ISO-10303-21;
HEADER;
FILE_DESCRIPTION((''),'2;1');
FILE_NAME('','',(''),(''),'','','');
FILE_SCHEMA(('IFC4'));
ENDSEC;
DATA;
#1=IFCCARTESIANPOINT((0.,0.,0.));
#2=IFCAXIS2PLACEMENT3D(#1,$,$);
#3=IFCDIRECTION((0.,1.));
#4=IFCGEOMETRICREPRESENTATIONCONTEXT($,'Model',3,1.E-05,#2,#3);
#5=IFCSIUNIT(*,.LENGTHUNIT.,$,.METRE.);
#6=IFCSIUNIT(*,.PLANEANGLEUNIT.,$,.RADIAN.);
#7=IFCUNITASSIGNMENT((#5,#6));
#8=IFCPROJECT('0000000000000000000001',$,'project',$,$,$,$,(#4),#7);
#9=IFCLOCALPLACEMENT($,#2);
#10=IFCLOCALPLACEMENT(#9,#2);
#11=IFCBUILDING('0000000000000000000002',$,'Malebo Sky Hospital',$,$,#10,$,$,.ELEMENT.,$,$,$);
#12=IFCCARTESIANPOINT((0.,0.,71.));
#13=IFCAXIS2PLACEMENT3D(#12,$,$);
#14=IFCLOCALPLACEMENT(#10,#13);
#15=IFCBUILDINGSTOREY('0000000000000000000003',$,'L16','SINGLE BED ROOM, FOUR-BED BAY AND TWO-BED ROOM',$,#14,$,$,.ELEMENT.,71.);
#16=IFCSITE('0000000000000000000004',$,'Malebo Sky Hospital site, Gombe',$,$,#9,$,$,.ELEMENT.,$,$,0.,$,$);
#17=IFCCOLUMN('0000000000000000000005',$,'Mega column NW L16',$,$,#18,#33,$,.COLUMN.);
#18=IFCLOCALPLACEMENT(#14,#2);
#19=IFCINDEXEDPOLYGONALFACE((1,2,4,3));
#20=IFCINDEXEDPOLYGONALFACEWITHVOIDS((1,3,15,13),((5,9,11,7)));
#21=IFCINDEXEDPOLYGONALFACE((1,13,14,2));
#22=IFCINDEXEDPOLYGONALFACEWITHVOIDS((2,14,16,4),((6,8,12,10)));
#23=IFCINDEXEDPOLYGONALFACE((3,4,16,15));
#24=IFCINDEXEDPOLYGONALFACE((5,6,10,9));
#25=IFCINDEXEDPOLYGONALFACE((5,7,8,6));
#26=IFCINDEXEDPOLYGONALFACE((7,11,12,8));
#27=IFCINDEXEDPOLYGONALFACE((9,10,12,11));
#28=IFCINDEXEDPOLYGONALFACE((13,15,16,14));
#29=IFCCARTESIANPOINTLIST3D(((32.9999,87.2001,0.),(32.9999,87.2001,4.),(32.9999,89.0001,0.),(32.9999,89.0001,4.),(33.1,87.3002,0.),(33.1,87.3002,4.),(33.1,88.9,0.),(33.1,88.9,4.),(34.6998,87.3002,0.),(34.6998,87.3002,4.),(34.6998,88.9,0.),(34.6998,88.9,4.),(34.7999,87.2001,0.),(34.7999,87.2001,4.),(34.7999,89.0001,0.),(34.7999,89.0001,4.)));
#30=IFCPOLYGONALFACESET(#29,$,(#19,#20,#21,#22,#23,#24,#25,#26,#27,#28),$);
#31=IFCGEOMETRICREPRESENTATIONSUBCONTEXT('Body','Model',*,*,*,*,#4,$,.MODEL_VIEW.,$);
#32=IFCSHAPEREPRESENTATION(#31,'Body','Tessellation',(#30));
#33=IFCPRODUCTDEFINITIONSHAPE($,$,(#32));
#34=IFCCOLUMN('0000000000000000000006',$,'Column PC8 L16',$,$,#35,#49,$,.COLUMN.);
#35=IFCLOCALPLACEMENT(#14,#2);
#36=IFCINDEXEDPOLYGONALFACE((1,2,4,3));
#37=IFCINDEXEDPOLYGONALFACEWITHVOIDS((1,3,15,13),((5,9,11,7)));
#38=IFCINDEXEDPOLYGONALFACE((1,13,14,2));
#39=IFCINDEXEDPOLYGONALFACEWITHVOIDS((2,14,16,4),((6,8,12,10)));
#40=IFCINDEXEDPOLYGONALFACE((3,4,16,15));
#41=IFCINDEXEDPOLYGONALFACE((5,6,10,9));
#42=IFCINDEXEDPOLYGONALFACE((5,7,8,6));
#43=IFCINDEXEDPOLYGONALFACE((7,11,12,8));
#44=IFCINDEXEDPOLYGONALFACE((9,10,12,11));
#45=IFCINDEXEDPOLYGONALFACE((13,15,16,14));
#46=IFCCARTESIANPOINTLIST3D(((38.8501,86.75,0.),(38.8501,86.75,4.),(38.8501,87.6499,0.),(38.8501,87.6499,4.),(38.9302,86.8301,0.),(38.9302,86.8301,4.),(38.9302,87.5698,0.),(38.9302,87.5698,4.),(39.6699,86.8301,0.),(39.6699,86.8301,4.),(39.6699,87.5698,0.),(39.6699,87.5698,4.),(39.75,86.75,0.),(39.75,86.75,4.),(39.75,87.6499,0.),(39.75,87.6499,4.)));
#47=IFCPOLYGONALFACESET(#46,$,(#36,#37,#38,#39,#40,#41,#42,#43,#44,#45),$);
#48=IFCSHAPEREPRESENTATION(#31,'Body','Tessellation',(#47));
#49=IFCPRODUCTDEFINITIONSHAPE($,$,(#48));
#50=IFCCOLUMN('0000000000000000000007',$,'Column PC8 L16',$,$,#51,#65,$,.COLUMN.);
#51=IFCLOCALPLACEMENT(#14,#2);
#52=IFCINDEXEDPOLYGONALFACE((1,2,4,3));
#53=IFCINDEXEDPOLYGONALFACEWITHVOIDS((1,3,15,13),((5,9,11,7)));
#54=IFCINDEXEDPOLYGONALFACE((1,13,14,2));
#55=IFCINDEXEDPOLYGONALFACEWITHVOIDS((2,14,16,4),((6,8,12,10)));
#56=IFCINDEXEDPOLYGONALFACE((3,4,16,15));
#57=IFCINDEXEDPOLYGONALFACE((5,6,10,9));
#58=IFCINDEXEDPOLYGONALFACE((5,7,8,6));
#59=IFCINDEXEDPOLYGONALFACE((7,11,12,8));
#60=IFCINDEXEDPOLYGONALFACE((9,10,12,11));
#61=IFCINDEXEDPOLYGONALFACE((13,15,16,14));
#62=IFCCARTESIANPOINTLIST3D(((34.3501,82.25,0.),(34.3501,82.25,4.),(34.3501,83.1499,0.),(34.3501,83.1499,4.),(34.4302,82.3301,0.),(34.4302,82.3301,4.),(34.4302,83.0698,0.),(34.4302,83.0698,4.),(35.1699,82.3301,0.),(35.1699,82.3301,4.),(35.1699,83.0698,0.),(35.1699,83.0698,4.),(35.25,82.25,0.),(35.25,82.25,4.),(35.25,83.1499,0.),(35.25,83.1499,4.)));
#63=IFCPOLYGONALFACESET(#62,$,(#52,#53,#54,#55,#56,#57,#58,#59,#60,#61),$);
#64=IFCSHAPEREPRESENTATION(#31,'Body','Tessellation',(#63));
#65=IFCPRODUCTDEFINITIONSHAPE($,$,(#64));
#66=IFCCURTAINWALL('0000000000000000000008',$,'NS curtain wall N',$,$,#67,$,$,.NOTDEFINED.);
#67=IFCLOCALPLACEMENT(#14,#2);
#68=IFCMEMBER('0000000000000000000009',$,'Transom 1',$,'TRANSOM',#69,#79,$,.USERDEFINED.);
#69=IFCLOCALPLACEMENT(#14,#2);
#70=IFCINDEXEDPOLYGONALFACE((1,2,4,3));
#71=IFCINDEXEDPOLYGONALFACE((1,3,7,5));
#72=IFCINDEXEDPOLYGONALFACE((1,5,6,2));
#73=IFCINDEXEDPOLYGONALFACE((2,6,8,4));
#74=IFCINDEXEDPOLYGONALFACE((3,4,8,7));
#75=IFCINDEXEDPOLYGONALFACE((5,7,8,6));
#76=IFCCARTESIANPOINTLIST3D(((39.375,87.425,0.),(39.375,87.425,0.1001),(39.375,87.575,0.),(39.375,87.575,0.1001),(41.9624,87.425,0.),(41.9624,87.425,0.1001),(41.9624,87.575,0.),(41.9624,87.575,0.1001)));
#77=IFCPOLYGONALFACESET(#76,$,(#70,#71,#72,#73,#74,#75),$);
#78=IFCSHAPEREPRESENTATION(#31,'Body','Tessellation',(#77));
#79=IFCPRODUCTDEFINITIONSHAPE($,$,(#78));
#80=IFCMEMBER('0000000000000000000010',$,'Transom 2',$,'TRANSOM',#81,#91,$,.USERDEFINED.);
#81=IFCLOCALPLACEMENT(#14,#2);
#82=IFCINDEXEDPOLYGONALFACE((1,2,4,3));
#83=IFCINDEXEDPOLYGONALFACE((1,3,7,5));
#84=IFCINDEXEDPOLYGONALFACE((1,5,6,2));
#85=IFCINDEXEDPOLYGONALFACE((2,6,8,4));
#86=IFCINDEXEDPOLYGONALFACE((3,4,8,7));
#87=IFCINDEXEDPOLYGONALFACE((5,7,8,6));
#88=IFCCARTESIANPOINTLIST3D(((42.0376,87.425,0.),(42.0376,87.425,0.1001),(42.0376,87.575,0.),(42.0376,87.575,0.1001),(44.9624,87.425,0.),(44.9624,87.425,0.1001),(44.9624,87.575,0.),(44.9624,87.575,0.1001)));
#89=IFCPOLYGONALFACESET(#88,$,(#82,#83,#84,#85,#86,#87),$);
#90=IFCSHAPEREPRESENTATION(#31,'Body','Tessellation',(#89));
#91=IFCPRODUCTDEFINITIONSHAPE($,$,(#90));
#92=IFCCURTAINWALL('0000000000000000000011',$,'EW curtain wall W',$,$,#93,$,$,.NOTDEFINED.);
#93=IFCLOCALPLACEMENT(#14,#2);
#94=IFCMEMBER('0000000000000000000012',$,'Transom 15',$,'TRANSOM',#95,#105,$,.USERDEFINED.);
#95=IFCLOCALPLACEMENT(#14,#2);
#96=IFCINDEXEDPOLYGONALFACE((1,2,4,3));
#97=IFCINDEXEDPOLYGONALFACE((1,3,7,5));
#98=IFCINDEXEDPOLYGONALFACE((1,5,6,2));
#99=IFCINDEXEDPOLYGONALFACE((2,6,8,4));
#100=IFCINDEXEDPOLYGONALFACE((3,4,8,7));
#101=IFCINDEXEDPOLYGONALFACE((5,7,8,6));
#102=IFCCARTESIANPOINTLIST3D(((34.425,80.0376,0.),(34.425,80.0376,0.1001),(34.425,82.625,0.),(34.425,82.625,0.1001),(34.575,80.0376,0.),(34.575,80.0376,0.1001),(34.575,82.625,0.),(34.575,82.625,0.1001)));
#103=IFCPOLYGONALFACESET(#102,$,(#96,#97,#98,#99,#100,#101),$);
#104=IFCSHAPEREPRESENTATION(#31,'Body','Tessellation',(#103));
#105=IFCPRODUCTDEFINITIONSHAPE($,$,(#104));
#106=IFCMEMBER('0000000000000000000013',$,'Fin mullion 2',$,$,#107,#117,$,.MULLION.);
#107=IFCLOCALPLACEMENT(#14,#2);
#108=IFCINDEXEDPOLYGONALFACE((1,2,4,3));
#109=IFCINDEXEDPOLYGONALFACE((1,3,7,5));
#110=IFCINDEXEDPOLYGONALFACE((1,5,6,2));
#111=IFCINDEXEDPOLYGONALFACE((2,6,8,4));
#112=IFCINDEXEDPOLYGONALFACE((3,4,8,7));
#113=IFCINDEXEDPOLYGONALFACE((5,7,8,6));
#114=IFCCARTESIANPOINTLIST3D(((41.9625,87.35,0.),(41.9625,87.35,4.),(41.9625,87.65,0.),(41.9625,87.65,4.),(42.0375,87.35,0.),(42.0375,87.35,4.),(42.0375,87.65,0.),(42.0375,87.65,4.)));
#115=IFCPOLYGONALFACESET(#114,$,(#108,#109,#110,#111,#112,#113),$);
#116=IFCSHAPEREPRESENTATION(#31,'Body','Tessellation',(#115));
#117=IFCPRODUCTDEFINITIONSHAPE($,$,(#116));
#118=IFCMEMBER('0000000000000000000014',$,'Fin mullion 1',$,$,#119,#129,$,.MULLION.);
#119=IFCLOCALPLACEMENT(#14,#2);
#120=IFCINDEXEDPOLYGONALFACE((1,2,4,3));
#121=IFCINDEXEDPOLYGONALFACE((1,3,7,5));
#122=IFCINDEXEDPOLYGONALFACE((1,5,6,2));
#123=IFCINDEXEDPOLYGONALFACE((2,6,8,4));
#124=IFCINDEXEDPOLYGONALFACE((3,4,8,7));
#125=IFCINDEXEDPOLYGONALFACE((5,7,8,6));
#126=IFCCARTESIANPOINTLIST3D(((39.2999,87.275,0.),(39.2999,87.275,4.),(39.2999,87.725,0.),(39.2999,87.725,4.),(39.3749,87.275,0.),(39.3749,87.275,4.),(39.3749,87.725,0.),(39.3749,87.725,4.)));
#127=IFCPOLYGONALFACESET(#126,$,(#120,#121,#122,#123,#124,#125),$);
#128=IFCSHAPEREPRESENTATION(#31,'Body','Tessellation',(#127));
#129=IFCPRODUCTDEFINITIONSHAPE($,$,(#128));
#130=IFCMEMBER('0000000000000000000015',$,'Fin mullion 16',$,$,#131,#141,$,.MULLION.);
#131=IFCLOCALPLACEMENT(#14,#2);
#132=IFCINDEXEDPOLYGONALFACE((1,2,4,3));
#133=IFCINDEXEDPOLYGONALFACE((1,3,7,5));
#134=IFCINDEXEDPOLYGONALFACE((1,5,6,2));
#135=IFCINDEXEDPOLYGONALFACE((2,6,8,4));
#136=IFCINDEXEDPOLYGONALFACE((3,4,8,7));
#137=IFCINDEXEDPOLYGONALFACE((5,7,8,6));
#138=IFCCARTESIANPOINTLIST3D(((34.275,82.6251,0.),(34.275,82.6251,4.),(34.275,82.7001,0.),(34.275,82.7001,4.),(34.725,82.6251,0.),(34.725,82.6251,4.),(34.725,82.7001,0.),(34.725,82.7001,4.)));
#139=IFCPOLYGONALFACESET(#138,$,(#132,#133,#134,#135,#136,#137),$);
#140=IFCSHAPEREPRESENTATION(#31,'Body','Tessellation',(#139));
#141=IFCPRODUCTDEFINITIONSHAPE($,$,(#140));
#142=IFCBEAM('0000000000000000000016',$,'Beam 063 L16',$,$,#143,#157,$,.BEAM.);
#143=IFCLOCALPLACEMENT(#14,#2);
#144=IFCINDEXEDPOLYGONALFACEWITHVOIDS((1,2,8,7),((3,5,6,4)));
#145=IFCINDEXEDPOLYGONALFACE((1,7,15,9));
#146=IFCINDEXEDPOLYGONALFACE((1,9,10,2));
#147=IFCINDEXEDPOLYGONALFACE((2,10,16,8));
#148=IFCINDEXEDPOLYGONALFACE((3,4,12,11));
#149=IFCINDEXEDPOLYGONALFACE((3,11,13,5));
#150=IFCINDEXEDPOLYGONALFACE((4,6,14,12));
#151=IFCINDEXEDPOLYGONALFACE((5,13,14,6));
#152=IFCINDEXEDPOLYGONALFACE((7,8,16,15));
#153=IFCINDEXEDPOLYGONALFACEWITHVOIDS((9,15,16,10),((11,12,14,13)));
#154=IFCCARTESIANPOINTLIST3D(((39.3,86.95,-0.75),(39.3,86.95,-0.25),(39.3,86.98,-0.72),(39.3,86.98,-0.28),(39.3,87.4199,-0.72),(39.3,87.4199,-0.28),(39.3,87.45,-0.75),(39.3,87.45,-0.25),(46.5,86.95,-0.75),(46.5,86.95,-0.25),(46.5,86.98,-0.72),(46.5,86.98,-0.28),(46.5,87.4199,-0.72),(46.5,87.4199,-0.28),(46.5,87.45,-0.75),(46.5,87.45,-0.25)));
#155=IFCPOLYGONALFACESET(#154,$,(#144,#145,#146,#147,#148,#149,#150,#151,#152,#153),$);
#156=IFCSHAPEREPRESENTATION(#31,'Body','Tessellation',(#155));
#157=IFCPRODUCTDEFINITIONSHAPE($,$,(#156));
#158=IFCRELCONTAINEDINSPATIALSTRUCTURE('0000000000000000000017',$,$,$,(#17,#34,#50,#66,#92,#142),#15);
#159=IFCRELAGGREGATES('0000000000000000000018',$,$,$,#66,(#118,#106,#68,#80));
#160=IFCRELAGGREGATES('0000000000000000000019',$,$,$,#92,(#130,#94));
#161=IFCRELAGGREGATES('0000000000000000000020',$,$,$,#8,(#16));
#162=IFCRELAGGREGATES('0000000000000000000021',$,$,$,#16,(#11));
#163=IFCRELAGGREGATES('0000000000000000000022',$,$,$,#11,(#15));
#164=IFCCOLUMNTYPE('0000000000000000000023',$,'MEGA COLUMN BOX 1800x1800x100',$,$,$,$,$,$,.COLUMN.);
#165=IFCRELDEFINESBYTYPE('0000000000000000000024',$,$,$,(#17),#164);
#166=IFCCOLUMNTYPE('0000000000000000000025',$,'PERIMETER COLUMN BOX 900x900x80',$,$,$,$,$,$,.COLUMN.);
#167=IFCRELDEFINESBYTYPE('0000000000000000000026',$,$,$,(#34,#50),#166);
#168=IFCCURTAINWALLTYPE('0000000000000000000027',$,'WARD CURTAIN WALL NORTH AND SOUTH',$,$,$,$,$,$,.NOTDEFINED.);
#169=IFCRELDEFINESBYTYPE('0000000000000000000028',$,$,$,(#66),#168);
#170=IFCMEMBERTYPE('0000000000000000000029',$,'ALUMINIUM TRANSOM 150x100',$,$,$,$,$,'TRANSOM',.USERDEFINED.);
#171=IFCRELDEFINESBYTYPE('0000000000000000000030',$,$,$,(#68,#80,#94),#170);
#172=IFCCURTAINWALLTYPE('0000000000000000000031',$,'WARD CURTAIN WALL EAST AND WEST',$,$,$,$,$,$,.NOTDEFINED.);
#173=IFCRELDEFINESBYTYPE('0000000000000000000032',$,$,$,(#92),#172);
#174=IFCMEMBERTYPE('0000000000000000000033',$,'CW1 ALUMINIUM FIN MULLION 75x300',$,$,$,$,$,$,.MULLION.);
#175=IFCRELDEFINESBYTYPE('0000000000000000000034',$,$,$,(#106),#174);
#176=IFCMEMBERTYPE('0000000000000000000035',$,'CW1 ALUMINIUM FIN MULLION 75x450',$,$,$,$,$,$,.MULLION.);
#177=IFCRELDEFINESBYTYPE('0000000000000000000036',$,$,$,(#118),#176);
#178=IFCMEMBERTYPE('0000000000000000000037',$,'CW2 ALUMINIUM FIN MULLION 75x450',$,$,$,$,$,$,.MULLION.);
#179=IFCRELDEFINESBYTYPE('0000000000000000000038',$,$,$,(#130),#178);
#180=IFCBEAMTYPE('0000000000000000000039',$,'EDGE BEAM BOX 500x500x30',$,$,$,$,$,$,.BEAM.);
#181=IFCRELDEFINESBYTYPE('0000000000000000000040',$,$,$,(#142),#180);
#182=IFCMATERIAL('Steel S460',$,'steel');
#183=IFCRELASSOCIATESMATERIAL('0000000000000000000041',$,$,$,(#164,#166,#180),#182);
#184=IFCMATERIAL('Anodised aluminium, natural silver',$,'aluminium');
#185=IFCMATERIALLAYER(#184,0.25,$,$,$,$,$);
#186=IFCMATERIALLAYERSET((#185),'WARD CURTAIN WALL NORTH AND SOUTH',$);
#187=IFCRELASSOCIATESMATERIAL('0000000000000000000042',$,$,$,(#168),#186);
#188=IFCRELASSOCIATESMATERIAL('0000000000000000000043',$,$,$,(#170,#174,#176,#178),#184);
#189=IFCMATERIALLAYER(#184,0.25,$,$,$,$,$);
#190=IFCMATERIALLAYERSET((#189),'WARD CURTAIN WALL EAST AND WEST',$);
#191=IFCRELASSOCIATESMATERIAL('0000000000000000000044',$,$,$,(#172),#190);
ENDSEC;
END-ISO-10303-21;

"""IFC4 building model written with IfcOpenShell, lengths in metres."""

from ifc_helpers import new_model, si_unit, direction, frame, origin, origin_2d, place, context, subcontext, project, spatial, rectangle, hollow_rectangle, extrude, material, layer, layer_set, material_profile, profile_set, type_object, element, aggregate, save


model = new_model("IFC4")

# Units and contexts
model_context = context("Model", 3, precision=1e-05, world=origin(), true_north=direction((0.0, 1.0)))
body_context = subcontext(model_context, "Body", "Model", "MODEL_VIEW")
ifc_project = project(units=[si_unit("LENGTHUNIT", "METRE"), si_unit("PLANEANGLEUNIT", "RADIAN")], contexts=[model_context])

# Site, building, storey
site_placement = place(None, origin())
site = spatial("IfcSite", under=ifc_project, at=site_placement, Name="Malebo Sky Hospital site, Gombe", CompositionType="ELEMENT", RefElevation=0.0)
building_placement = place(site_placement, origin())
building = spatial("IfcBuilding", under=site, at=building_placement, Name="Malebo Sky Hospital", CompositionType="ELEMENT")
storey_placement = place(building_placement, frame((0.0, 0.0, 71.0)))
storey = spatial("IfcBuildingStorey", under=building, at=storey_placement, Name="L16", Description="SINGLE BED ROOM, FOUR-BED BAY AND TWO-BED ROOM", CompositionType="ELEMENT", Elevation=71.0)

# Columns
ifc_material_1 = material(Name="Steel S460", Category="steel")
ifc_material_profile_1 = material_profile(ifc_material_1, hollow_rectangle(XDim=1.8, YDim=1.8, WallThickness=0.1001, at=origin_2d()), Name="BOX 1800x1800x100")
ifc_profile_set_1 = profile_set([ifc_material_profile_1], Name="Steel S460")
column_type_1 = type_object("IfcColumnType", Name="MEGA COLUMN BOX 1800x1800x100", PredefinedType="COLUMN", material=ifc_profile_set_1)
column_placement = place(storey_placement, frame((33.8999, 88.1001, 0.0), z_axis=(0.0, 0.0, 1.0), x_axis=(1.0, 0.0, 0.0)))
element("IfcColumn", 1, at=column_placement, inside=storey, type_object=column_type_1, Name="Mega column NW L16", PredefinedType="COLUMN", context=body_context, shape_type="SweptSolid", body=[
    extrude(hollow_rectangle(XDim=1.8, YDim=1.8, WallThickness=0.1001, at=origin_2d()), origin(), (0.0, 0.0, 1.0), 4.0),
])
ifc_material_profile_2 = material_profile(ifc_material_1, hollow_rectangle(XDim=0.8999, YDim=0.8999, WallThickness=0.0801, at=origin_2d()), Name="BOX 900x900x80")
ifc_profile_set_2 = profile_set([ifc_material_profile_2], Name="Steel S460")
column_type_2 = type_object("IfcColumnType", Name="PERIMETER COLUMN BOX 900x900x80", PredefinedType="COLUMN", material=ifc_profile_set_2)
for number, where, z_axis, x_axis, name in (
    (2, (39.3, 87.2, 0.0), (0.0, 0.0, 1.0), (1.0, 0.0, 0.0), "Column PC8 L16"),
    (3, (34.8, 82.7, 0.0), (0.0, 0.0, 1.0), (1.0, 0.0, 0.0), "Column PC8 L16"),
):
    element("IfcColumn", number, at=place(storey_placement, frame(where, z_axis=z_axis, x_axis=x_axis)), inside=storey, type_object=column_type_2, Name=name, PredefinedType="COLUMN", context=body_context, shape_type="SweptSolid", body=[
        extrude(hollow_rectangle(XDim=0.8999, YDim=0.8999, WallThickness=0.0801, at=origin_2d()), origin(), (0.0, 0.0, 1.0), 4.0),
    ])

# Curtain wall, members
ifc_material_2 = material(Name="Anodised aluminium, natural silver", Category="aluminium")
ifc_layer_1 = layer(ifc_material_2, 0.25)
ifc_layer_set_1 = layer_set([ifc_layer_1], Name="WARD CURTAIN WALL NORTH AND SOUTH")
curtain_wall_type_1 = type_object("IfcCurtainWallType", Name="WARD CURTAIN WALL NORTH AND SOUTH", PredefinedType="NOTDEFINED", material=ifc_layer_set_1)
curtain_wall_1_placement = place(storey_placement, origin())
curtain_wall_1 = element("IfcCurtainWall", 4, at=curtain_wall_1_placement, inside=storey, type_object=curtain_wall_type_1, Name="NS curtain wall N", PredefinedType="NOTDEFINED")
ifc_material_profile_3 = material_profile(ifc_material_2, rectangle(XDim=0.1499, YDim=0.1001, at=origin_2d()), Name="ALUMINIUM TRANSOM 150x100")
ifc_profile_set_3 = profile_set([ifc_material_profile_3], Name="Anodised aluminium, natural silver")
member_type_1 = type_object("IfcMemberType", Name="ALUMINIUM TRANSOM 150x100", ElementType="TRANSOM", PredefinedType="USERDEFINED", material=ifc_profile_set_3)
member_1_placement = place(storey_placement, frame((39.375, 87.5, 0.05), z_axis=(1.0, 0.0, 0.0), x_axis=(0.0, 1.0, 0.0)))
member_1 = element("IfcMember", 5, at=member_1_placement, type_object=member_type_1, Name="Transom 1", ObjectType="TRANSOM", PredefinedType="USERDEFINED", context=body_context, shape_type="SweptSolid", body=[
    extrude(rectangle(XDim=0.1499, YDim=0.1001, at=origin_2d()), origin(), (0.0, 0.0, 1.0), 2.5874),
])
member_2_placement = place(storey_placement, frame((42.0376, 87.5, 0.05), z_axis=(1.0, 0.0, 0.0), x_axis=(0.0, 1.0, 0.0)))
member_2 = element("IfcMember", 6, at=member_2_placement, type_object=member_type_1, Name="Transom 2", ObjectType="TRANSOM", PredefinedType="USERDEFINED", context=body_context, shape_type="SweptSolid", body=[
    extrude(rectangle(XDim=0.1499, YDim=0.1001, at=origin_2d()), origin(), (0.0, 0.0, 1.0), 2.9248),
])

# Curtain wall, member
ifc_layer_2 = layer(ifc_material_2, 0.25)
ifc_layer_set_2 = layer_set([ifc_layer_2], Name="WARD CURTAIN WALL EAST AND WEST")
curtain_wall_type_2 = type_object("IfcCurtainWallType", Name="WARD CURTAIN WALL EAST AND WEST", PredefinedType="NOTDEFINED", material=ifc_layer_set_2)
curtain_wall_2_placement = place(storey_placement, origin())
curtain_wall_2 = element("IfcCurtainWall", 7, at=curtain_wall_2_placement, inside=storey, type_object=curtain_wall_type_2, Name="EW curtain wall W", PredefinedType="NOTDEFINED")
member_3_placement = place(storey_placement, frame((34.5, 80.0376, 0.05), z_axis=(0.0, 1.0, 0.0), x_axis=(-1.0, 0.0, 0.0)))
member_3 = element("IfcMember", 8, at=member_3_placement, type_object=member_type_1, Name="Transom 15", ObjectType="TRANSOM", PredefinedType="USERDEFINED", context=body_context, shape_type="SweptSolid", body=[
    extrude(rectangle(XDim=0.1499, YDim=0.1001, at=origin_2d()), origin(), (0.0, 0.0, 1.0), 2.5874),
])

# Members
ifc_material_profile_4 = material_profile(ifc_material_2, rectangle(XDim=0.075, YDim=0.3, at=origin_2d()), Name="CW1 ALUMINIUM FIN MULLION 75x300")
ifc_profile_set_4 = profile_set([ifc_material_profile_4], Name="Anodised aluminium, natural silver")
member_type_2 = type_object("IfcMemberType", Name="CW1 ALUMINIUM FIN MULLION 75x300", PredefinedType="MULLION", material=ifc_profile_set_4)
member_4_placement = place(storey_placement, frame((42.0, 87.5, 0.0), z_axis=(0.0, 0.0, 1.0), x_axis=(1.0, 0.0, 0.0)))
member_4 = element("IfcMember", 9, at=member_4_placement, type_object=member_type_2, Name="Fin mullion 2", PredefinedType="MULLION", context=body_context, shape_type="SweptSolid", body=[
    extrude(rectangle(XDim=0.075, YDim=0.3, at=origin_2d()), origin(), (0.0, 0.0, 1.0), 4.0),
])
ifc_material_profile_5 = material_profile(ifc_material_2, rectangle(XDim=0.075, YDim=0.45, at=origin_2d()), Name="CW1 ALUMINIUM FIN MULLION 75x450")
ifc_profile_set_5 = profile_set([ifc_material_profile_5], Name="Anodised aluminium, natural silver")
member_type_3 = type_object("IfcMemberType", Name="CW1 ALUMINIUM FIN MULLION 75x450", PredefinedType="MULLION", material=ifc_profile_set_5)
member_5_placement = place(storey_placement, frame((39.3374, 87.5, 0.0), z_axis=(0.0, 0.0, 1.0), x_axis=(1.0, 0.0, 0.0)))
member_5 = element("IfcMember", 10, at=member_5_placement, type_object=member_type_3, Name="Fin mullion 1", PredefinedType="MULLION", context=body_context, shape_type="SweptSolid", body=[
    extrude(rectangle(XDim=0.075, YDim=0.45, at=origin_2d()), origin(), (0.0, 0.0, 1.0), 4.0),
])
ifc_material_profile_6 = material_profile(ifc_material_2, rectangle(XDim=0.075, YDim=0.45, at=origin_2d()), Name="CW2 ALUMINIUM FIN MULLION 75x450")
ifc_profile_set_6 = profile_set([ifc_material_profile_6], Name="Anodised aluminium, natural silver")
member_type_4 = type_object("IfcMemberType", Name="CW2 ALUMINIUM FIN MULLION 75x450", PredefinedType="MULLION", material=ifc_profile_set_6)
member_6_placement = place(storey_placement, frame((34.5, 82.6626, 0.0), z_axis=(0.0, 0.0, 1.0), x_axis=(0.0, 1.0, 0.0)))
member_6 = element("IfcMember", 11, at=member_6_placement, type_object=member_type_4, Name="Fin mullion 16", PredefinedType="MULLION", context=body_context, shape_type="SweptSolid", body=[
    extrude(rectangle(XDim=0.075, YDim=0.45, at=origin_2d()), origin(), (0.0, 0.0, 1.0), 4.0),
])

# Beam
ifc_material_profile_7 = material_profile(ifc_material_1, hollow_rectangle(XDim=0.5, YDim=0.5, WallThickness=0.03, at=origin_2d()), Name="BOX 500x500x30")
ifc_profile_set_7 = profile_set([ifc_material_profile_7], Name="Steel S460")
beam_type_1 = type_object("IfcBeamType", Name="EDGE BEAM BOX 500x500x30", PredefinedType="BEAM", material=ifc_profile_set_7)
beam_1_placement = place(storey_placement, frame((39.3, 87.2, -0.5), z_axis=(1.0, 0.0, 0.0), x_axis=(0.0, 1.0, 0.0)))
element("IfcBeam", 12, at=beam_1_placement, inside=storey, type_object=beam_type_1, Name="Beam 063 L16", PredefinedType="BEAM", context=body_context, shape_type="SweptSolid", body=[
    extrude(hollow_rectangle(XDim=0.5, YDim=0.5, WallThickness=0.03, at=origin_2d()), origin(), (0.0, 0.0, 1.0), 7.2),
])

aggregate(curtain_wall_1, [member_5, member_4, member_1, member_2])
aggregate(curtain_wall_2, [member_6, member_3])

save(model, "model.ifc")
